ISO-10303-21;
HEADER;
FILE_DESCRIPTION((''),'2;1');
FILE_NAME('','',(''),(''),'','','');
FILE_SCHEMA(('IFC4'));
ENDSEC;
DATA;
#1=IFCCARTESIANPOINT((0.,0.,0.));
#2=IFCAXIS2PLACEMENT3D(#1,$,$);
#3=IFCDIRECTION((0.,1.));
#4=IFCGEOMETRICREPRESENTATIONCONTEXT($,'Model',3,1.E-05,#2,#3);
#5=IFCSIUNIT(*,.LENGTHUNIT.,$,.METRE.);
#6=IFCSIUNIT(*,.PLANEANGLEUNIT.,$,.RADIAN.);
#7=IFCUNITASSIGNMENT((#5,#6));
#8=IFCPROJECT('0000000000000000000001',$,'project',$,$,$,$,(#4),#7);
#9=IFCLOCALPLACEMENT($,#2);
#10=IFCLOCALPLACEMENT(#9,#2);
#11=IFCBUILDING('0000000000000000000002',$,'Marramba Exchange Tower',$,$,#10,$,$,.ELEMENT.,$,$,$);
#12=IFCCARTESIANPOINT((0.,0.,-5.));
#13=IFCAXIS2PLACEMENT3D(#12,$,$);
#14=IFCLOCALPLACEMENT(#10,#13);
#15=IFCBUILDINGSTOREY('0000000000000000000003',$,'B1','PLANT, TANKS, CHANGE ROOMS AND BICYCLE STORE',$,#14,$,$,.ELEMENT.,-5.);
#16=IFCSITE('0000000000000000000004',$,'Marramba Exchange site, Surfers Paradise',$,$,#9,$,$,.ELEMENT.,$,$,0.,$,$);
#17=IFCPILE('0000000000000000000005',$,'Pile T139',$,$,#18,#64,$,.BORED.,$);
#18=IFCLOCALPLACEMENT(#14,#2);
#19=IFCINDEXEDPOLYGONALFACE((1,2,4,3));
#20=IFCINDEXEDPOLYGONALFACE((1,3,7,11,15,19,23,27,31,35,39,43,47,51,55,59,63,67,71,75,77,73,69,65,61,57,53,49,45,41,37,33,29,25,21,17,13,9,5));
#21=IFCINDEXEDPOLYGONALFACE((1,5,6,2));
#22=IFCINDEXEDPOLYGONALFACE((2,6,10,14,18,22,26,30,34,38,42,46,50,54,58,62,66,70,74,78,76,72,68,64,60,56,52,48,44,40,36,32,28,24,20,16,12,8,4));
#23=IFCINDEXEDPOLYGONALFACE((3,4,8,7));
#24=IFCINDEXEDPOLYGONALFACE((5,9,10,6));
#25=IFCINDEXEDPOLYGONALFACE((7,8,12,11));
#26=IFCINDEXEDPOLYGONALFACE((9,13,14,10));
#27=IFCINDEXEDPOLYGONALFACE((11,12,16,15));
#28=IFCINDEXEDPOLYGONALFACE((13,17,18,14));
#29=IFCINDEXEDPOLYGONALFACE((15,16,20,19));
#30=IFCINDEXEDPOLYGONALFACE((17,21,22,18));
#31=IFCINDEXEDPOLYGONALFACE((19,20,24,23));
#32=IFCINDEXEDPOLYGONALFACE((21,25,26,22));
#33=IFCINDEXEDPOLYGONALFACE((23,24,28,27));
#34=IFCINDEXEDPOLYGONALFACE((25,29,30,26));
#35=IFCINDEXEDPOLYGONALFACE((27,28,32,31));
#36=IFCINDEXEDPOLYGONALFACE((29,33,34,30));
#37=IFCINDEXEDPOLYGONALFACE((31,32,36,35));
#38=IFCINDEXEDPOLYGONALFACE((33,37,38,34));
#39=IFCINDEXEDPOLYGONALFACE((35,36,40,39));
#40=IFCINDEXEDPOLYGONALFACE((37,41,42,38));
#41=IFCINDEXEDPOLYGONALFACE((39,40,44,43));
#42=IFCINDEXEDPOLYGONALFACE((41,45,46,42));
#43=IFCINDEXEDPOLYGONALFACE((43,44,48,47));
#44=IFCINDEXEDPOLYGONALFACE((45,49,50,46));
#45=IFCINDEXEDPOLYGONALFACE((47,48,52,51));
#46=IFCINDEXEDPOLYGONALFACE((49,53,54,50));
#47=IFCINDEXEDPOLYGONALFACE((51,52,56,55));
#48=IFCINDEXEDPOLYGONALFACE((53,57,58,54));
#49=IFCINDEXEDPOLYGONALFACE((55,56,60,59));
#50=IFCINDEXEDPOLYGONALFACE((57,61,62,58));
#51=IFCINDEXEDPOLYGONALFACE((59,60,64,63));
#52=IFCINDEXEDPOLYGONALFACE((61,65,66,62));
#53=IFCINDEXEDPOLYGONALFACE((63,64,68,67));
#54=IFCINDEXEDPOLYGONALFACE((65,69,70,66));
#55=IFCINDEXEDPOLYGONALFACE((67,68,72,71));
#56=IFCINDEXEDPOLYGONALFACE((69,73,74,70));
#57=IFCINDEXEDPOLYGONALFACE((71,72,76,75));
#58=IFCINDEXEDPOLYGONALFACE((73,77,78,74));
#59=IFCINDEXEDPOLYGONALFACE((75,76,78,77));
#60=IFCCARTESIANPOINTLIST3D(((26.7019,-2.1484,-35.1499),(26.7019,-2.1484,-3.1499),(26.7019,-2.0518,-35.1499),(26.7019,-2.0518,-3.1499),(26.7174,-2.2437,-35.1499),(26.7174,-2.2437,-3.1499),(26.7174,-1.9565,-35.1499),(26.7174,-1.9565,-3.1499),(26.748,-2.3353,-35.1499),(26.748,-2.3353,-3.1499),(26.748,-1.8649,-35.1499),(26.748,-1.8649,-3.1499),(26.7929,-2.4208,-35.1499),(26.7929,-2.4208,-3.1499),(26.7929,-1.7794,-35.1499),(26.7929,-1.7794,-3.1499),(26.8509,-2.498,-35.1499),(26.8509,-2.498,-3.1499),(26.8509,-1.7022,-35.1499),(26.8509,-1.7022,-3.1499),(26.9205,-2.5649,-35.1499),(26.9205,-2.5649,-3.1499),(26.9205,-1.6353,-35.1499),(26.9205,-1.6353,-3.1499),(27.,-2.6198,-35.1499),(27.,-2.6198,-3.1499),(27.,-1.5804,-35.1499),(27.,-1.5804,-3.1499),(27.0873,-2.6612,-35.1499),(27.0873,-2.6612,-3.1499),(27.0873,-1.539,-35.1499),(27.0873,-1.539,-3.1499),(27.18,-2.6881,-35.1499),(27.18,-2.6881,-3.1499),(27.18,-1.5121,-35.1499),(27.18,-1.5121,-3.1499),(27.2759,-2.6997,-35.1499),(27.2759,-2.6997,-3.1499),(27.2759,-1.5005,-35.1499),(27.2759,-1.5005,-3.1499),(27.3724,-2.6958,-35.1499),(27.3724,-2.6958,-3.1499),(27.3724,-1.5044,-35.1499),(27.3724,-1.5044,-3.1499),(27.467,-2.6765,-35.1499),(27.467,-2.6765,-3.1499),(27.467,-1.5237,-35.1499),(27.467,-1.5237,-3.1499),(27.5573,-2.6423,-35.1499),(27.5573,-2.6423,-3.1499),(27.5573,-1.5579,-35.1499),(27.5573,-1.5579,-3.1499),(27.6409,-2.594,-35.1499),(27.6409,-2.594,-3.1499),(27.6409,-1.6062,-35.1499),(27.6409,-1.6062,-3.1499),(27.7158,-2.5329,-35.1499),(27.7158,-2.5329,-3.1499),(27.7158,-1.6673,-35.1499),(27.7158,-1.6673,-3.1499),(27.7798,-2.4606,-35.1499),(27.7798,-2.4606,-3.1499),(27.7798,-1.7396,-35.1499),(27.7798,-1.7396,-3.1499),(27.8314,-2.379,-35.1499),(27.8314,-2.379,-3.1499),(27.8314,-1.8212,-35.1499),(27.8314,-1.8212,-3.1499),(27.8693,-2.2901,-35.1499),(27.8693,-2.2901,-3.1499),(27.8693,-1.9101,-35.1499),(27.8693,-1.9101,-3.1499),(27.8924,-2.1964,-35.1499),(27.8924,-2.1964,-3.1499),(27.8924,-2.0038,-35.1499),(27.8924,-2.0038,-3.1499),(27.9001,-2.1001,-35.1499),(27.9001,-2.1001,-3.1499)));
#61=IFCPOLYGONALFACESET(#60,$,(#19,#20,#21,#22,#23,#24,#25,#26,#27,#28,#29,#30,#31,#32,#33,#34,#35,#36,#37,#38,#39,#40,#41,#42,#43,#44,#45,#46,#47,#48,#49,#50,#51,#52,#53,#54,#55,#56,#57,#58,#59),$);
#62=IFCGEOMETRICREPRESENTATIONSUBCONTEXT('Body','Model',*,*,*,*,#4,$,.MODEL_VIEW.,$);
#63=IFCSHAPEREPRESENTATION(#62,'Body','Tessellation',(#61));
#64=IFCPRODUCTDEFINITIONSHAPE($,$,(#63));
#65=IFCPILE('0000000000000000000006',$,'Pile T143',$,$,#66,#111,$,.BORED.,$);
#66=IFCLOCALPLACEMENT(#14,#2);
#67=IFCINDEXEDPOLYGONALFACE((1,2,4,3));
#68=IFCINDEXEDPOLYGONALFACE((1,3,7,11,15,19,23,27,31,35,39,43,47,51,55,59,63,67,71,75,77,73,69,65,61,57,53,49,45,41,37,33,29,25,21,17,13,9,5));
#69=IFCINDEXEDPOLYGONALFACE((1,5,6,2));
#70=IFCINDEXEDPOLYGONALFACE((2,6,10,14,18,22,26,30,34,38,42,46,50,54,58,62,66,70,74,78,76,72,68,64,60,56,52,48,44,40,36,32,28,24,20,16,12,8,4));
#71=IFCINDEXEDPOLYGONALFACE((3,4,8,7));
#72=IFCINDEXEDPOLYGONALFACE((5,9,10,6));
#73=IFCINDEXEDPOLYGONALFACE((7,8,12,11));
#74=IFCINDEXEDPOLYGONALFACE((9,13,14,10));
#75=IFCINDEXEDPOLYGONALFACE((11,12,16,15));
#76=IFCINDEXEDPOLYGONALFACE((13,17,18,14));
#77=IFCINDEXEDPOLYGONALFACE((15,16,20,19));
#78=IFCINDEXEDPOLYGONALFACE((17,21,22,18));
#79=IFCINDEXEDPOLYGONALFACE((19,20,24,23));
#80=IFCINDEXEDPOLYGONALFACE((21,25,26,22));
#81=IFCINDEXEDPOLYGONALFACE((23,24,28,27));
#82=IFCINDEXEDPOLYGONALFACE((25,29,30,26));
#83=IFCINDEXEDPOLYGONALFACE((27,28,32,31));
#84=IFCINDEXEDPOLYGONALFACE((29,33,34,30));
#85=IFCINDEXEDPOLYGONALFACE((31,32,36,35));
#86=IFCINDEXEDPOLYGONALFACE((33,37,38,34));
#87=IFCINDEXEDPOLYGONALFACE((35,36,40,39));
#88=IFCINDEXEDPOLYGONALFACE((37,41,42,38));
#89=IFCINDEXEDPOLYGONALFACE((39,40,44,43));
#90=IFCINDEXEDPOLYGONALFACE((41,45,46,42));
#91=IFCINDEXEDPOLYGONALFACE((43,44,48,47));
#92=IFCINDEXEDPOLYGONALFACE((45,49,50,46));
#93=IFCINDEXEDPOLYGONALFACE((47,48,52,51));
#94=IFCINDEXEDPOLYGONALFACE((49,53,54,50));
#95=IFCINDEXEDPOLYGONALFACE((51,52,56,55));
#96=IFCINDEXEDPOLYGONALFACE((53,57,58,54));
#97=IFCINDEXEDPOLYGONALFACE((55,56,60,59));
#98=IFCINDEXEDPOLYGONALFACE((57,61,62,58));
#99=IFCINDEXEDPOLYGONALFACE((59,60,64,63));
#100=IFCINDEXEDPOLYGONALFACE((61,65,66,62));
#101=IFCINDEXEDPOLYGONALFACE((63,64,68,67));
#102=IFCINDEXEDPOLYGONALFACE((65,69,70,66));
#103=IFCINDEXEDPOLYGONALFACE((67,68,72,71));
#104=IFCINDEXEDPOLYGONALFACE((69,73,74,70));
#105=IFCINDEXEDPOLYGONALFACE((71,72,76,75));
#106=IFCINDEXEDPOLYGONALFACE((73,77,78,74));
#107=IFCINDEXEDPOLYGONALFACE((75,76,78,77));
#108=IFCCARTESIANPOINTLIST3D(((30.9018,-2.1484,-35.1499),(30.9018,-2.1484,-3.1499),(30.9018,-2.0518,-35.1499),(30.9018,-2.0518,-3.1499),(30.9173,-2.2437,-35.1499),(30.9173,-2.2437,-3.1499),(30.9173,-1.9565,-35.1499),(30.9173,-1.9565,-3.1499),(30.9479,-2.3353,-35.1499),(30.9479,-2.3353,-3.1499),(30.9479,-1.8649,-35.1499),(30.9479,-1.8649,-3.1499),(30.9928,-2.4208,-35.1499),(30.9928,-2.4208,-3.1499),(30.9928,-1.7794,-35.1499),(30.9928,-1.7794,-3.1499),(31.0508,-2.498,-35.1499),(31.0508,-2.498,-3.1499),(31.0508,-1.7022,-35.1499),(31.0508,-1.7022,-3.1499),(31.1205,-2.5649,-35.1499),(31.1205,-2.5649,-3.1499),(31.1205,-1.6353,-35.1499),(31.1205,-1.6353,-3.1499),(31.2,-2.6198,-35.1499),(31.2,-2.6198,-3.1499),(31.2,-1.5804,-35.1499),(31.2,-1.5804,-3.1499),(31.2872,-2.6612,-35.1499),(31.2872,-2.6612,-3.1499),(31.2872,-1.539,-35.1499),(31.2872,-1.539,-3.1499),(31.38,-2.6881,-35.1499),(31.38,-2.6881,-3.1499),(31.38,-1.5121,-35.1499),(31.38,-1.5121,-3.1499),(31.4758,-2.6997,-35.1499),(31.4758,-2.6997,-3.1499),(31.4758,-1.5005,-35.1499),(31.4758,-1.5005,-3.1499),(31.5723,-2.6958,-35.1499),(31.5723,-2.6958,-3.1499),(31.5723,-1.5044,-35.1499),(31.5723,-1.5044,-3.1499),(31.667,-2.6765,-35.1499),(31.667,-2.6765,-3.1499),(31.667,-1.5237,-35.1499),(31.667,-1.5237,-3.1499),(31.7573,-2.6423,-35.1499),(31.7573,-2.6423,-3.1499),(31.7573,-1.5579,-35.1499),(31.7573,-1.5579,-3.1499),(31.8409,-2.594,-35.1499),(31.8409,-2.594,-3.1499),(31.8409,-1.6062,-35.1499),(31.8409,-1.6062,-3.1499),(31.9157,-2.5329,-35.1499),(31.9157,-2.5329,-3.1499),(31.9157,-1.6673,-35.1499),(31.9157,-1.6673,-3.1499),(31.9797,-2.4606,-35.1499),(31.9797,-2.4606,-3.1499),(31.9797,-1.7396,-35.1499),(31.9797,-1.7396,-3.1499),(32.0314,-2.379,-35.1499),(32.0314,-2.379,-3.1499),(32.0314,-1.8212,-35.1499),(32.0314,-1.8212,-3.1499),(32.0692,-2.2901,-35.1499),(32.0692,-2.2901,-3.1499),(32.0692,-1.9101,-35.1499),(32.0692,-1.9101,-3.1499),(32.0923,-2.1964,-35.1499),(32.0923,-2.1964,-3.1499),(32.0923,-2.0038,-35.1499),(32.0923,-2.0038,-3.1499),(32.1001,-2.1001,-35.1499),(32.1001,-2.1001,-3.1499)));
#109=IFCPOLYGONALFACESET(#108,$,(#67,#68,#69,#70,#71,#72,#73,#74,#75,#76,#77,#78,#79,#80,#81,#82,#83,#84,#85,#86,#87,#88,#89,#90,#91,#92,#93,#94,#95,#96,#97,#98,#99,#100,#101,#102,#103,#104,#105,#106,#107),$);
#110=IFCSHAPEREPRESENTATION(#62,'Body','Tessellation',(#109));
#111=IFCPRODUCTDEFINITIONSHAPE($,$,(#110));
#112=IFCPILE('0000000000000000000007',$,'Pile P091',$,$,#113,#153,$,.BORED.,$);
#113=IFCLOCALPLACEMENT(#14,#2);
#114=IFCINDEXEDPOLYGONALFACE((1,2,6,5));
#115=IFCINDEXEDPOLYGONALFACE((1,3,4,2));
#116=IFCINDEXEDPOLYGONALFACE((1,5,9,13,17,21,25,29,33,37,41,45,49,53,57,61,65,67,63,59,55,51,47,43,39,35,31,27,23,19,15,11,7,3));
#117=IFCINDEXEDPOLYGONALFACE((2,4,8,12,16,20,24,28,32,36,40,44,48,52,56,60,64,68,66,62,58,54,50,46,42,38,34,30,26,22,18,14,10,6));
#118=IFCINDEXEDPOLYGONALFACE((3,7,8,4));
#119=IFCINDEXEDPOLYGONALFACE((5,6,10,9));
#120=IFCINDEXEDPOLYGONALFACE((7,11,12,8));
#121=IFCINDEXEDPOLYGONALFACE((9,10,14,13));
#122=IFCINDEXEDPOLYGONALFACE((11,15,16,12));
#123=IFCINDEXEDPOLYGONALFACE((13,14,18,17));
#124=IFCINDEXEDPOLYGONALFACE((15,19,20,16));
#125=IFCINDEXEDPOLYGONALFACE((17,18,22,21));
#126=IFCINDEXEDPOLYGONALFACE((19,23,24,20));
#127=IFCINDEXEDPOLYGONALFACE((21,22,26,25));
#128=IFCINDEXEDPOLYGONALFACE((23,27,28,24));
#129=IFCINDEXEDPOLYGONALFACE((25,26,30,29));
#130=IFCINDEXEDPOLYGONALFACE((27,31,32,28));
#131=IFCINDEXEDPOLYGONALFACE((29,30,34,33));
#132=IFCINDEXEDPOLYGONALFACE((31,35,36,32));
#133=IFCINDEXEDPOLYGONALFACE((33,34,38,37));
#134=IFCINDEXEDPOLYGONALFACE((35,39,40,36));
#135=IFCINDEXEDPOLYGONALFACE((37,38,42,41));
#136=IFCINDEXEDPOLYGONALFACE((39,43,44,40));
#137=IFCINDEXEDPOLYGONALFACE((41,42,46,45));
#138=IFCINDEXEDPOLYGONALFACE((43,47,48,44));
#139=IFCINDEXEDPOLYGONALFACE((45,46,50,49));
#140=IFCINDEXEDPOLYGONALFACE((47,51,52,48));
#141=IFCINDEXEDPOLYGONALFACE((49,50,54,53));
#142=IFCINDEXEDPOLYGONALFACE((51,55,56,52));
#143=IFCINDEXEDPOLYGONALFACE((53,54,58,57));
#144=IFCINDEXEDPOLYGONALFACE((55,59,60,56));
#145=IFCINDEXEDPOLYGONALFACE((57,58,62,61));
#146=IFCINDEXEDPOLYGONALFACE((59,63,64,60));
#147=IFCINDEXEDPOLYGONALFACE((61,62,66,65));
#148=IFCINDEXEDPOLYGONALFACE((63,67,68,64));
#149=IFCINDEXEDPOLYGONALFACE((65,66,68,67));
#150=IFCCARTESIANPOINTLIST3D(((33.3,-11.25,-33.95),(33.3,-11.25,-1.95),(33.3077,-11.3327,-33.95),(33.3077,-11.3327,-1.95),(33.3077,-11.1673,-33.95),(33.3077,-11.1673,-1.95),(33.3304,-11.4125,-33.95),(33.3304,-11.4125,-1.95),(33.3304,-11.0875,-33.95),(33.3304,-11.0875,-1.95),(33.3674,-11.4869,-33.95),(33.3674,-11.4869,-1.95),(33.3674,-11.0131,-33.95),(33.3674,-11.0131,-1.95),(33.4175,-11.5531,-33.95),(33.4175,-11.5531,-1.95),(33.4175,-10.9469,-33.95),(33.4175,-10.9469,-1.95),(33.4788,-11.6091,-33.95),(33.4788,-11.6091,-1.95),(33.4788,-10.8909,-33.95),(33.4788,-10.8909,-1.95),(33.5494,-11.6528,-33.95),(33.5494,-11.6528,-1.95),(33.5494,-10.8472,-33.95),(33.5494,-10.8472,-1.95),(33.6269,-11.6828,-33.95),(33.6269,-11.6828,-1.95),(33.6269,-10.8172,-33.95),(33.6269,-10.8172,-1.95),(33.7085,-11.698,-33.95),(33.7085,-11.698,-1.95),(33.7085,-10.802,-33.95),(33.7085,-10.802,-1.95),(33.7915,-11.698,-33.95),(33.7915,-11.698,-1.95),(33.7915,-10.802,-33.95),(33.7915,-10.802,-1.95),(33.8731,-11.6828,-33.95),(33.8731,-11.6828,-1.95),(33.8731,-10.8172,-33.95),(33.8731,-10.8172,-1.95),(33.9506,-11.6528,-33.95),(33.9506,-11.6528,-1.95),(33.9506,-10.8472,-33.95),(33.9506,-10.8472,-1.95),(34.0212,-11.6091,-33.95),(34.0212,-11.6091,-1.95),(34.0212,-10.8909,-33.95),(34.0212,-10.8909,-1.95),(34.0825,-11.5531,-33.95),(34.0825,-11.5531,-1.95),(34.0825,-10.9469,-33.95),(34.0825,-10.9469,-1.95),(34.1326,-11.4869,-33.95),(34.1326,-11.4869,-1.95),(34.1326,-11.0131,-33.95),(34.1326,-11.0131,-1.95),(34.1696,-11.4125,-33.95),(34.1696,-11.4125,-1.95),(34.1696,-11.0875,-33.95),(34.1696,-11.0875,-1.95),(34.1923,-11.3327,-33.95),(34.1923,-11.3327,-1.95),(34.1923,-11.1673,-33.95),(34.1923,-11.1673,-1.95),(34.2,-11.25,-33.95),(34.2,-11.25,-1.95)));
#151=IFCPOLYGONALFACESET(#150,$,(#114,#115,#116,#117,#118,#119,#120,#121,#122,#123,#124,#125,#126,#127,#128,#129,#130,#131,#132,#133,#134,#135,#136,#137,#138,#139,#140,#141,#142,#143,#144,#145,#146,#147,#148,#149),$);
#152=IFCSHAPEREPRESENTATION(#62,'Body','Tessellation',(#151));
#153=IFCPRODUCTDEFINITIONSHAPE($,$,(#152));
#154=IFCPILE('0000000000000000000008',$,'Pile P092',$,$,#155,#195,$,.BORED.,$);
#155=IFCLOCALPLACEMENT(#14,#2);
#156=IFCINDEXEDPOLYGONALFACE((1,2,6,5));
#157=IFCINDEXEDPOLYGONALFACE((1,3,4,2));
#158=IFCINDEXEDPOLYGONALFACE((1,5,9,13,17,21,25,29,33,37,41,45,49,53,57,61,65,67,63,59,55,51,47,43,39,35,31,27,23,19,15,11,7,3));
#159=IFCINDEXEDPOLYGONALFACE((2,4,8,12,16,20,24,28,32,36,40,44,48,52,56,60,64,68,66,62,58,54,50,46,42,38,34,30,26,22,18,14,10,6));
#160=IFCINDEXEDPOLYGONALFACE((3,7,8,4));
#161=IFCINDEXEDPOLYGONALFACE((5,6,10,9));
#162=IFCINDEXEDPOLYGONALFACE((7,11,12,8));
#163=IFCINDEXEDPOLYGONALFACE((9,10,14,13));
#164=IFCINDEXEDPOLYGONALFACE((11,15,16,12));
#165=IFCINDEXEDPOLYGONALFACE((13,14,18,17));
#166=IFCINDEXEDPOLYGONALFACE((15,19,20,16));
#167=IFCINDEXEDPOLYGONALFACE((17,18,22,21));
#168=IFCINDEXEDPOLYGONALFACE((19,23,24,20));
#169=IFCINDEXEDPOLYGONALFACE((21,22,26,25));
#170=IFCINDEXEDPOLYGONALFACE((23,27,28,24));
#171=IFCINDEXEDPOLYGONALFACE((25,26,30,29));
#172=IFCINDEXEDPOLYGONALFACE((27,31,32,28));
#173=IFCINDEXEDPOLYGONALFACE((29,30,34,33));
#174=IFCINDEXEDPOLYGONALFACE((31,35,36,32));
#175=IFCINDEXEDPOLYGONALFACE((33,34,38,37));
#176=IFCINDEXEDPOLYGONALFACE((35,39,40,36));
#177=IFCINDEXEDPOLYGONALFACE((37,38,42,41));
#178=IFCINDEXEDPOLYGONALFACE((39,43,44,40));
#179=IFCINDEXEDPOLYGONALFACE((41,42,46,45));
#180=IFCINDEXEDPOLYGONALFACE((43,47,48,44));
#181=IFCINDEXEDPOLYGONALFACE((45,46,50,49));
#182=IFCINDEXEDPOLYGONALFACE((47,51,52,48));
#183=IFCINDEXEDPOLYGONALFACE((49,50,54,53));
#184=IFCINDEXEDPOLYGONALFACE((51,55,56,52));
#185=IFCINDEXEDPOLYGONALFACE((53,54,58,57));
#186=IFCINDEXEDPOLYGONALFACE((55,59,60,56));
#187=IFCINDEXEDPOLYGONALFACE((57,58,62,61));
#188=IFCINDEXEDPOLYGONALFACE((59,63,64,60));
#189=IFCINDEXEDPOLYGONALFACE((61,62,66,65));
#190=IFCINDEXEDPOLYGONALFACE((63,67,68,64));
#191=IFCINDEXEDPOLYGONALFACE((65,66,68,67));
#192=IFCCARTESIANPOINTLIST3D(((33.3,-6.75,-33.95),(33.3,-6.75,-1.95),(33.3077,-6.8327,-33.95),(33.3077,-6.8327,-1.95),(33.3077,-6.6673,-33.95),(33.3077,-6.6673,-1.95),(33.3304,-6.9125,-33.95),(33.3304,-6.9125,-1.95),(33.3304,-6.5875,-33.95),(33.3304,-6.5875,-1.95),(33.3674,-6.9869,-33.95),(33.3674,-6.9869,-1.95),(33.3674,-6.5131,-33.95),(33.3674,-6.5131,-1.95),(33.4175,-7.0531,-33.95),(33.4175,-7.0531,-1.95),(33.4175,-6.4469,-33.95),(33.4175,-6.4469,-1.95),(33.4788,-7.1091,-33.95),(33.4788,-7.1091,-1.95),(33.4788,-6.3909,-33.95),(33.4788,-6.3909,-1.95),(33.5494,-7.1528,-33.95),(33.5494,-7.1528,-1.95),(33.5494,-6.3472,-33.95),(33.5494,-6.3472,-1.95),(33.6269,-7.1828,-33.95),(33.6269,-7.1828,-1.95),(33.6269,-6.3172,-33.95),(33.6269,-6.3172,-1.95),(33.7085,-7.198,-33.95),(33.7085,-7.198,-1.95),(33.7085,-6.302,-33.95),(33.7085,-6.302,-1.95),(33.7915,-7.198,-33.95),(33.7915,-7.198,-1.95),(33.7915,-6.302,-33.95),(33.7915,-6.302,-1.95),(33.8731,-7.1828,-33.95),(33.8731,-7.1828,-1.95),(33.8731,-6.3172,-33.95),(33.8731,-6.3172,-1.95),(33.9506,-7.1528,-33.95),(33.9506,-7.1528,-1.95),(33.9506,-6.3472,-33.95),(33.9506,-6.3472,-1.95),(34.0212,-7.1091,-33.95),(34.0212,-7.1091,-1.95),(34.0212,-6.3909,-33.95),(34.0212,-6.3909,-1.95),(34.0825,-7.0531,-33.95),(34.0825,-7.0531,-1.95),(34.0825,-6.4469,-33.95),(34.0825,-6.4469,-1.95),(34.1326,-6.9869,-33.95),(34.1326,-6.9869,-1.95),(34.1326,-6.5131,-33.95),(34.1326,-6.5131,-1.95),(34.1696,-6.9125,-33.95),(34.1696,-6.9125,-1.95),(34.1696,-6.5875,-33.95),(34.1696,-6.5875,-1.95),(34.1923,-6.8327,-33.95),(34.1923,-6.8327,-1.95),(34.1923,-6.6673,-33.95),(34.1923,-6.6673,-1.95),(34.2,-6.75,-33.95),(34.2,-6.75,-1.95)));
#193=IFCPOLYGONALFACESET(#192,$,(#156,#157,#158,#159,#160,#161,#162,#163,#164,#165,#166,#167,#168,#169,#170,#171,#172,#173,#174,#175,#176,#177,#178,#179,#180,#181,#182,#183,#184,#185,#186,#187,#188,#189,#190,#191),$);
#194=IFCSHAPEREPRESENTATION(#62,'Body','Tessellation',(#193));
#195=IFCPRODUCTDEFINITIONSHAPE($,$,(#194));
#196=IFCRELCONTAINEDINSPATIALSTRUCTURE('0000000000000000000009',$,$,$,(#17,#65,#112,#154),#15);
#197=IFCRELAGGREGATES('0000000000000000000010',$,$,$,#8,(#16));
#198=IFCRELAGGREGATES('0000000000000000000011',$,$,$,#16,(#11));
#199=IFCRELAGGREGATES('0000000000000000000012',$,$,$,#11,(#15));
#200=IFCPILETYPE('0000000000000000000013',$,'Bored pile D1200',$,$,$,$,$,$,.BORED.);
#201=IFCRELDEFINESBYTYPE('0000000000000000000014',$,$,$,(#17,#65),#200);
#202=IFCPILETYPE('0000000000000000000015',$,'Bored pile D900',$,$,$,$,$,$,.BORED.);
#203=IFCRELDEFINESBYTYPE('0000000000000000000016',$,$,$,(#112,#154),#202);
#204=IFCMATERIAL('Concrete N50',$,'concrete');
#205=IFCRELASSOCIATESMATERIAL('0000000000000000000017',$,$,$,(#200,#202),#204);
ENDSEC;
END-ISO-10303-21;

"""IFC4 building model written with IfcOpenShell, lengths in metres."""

from ifc_helpers import new_model, si_unit, direction, frame, origin, origin_2d, place, context, subcontext, project, spatial, circle, extrude, material, material_profile, profile_set, type_object, element, save


model = new_model("IFC4")

# Units and contexts
model_context = context("Model", 3, precision=1e-05, world=origin(), true_north=direction((0.0, 1.0)))
body_context = subcontext(model_context, "Body", "Model", "MODEL_VIEW")
ifc_project = project(units=[si_unit("LENGTHUNIT", "METRE"), si_unit("PLANEANGLEUNIT", "RADIAN")], contexts=[model_context])

# Site, building, storey
site_placement = place(None, origin())
site = spatial("IfcSite", under=ifc_project, at=site_placement, Name="Marramba Exchange site, Surfers Paradise", CompositionType="ELEMENT", RefElevation=0.0)
building_placement = place(site_placement, origin())
building = spatial("IfcBuilding", under=site, at=building_placement, Name="Marramba Exchange Tower", CompositionType="ELEMENT")
storey_placement = place(building_placement, frame((0.0, 0.0, -5.0)))
storey = spatial("IfcBuildingStorey", under=building, at=storey_placement, Name="B1", Description="PLANT, TANKS, CHANGE ROOMS AND BICYCLE STORE", CompositionType="ELEMENT", Elevation=-5.0)

# Piles
ifc_material_1 = material(Name="Concrete N50", Category="concrete")
ifc_material_profile_1 = material_profile(ifc_material_1, circle(Radius=0.6001, at=origin_2d()), Name="BP D1200")
ifc_profile_set_1 = profile_set([ifc_material_profile_1], Name="Concrete N50")
pile_type_1 = type_object("IfcPileType", Name="Bored pile D1200", PredefinedType="BORED", material=ifc_profile_set_1)
for number, where, z_axis, x_axis, name in (
    (1, (27.3, -2.1001, -3.1499), (0.0, 0.0, -1.0), (1.0, 0.0, 0.0), "Pile T139"),
    (2, (31.5, -2.1001, -3.1499), (0.0, 0.0, -1.0), (1.0, 0.0, 0.0), "Pile T143"),
):
    element("IfcPile", number, at=place(storey_placement, frame(where, z_axis=z_axis, x_axis=x_axis)), inside=storey, type_object=pile_type_1, Name=name, PredefinedType="BORED", context=body_context, shape_type="SweptSolid", body=[
        extrude(circle(Radius=0.6001, at=origin_2d()), origin(), (0.0, 0.0, 1.0), 32.0),
    ])
ifc_material_profile_2 = material_profile(ifc_material_1, circle(Radius=0.45, at=origin_2d()), Name="BP D900")
ifc_profile_set_2 = profile_set([ifc_material_profile_2], Name="Concrete N50")
pile_type_2 = type_object("IfcPileType", Name="Bored pile D900", PredefinedType="BORED", material=ifc_profile_set_2)
for number, where, z_axis, x_axis, name in (
    (3, (33.75, -11.25, -1.95), (0.0, 0.0, -1.0), (1.0, 0.0, 0.0), "Pile P091"),
    (4, (33.75, -6.75, -1.95), (0.0, 0.0, -1.0), (1.0, 0.0, 0.0), "Pile P092"),
):
    element("IfcPile", number, at=place(storey_placement, frame(where, z_axis=z_axis, x_axis=x_axis)), inside=storey, type_object=pile_type_2, Name=name, PredefinedType="BORED", context=body_context, shape_type="SweptSolid", body=[
        extrude(circle(Radius=0.45, at=origin_2d()), origin(), (0.0, 0.0, 1.0), 32.0),
    ])

save(model, "model.ifc")
